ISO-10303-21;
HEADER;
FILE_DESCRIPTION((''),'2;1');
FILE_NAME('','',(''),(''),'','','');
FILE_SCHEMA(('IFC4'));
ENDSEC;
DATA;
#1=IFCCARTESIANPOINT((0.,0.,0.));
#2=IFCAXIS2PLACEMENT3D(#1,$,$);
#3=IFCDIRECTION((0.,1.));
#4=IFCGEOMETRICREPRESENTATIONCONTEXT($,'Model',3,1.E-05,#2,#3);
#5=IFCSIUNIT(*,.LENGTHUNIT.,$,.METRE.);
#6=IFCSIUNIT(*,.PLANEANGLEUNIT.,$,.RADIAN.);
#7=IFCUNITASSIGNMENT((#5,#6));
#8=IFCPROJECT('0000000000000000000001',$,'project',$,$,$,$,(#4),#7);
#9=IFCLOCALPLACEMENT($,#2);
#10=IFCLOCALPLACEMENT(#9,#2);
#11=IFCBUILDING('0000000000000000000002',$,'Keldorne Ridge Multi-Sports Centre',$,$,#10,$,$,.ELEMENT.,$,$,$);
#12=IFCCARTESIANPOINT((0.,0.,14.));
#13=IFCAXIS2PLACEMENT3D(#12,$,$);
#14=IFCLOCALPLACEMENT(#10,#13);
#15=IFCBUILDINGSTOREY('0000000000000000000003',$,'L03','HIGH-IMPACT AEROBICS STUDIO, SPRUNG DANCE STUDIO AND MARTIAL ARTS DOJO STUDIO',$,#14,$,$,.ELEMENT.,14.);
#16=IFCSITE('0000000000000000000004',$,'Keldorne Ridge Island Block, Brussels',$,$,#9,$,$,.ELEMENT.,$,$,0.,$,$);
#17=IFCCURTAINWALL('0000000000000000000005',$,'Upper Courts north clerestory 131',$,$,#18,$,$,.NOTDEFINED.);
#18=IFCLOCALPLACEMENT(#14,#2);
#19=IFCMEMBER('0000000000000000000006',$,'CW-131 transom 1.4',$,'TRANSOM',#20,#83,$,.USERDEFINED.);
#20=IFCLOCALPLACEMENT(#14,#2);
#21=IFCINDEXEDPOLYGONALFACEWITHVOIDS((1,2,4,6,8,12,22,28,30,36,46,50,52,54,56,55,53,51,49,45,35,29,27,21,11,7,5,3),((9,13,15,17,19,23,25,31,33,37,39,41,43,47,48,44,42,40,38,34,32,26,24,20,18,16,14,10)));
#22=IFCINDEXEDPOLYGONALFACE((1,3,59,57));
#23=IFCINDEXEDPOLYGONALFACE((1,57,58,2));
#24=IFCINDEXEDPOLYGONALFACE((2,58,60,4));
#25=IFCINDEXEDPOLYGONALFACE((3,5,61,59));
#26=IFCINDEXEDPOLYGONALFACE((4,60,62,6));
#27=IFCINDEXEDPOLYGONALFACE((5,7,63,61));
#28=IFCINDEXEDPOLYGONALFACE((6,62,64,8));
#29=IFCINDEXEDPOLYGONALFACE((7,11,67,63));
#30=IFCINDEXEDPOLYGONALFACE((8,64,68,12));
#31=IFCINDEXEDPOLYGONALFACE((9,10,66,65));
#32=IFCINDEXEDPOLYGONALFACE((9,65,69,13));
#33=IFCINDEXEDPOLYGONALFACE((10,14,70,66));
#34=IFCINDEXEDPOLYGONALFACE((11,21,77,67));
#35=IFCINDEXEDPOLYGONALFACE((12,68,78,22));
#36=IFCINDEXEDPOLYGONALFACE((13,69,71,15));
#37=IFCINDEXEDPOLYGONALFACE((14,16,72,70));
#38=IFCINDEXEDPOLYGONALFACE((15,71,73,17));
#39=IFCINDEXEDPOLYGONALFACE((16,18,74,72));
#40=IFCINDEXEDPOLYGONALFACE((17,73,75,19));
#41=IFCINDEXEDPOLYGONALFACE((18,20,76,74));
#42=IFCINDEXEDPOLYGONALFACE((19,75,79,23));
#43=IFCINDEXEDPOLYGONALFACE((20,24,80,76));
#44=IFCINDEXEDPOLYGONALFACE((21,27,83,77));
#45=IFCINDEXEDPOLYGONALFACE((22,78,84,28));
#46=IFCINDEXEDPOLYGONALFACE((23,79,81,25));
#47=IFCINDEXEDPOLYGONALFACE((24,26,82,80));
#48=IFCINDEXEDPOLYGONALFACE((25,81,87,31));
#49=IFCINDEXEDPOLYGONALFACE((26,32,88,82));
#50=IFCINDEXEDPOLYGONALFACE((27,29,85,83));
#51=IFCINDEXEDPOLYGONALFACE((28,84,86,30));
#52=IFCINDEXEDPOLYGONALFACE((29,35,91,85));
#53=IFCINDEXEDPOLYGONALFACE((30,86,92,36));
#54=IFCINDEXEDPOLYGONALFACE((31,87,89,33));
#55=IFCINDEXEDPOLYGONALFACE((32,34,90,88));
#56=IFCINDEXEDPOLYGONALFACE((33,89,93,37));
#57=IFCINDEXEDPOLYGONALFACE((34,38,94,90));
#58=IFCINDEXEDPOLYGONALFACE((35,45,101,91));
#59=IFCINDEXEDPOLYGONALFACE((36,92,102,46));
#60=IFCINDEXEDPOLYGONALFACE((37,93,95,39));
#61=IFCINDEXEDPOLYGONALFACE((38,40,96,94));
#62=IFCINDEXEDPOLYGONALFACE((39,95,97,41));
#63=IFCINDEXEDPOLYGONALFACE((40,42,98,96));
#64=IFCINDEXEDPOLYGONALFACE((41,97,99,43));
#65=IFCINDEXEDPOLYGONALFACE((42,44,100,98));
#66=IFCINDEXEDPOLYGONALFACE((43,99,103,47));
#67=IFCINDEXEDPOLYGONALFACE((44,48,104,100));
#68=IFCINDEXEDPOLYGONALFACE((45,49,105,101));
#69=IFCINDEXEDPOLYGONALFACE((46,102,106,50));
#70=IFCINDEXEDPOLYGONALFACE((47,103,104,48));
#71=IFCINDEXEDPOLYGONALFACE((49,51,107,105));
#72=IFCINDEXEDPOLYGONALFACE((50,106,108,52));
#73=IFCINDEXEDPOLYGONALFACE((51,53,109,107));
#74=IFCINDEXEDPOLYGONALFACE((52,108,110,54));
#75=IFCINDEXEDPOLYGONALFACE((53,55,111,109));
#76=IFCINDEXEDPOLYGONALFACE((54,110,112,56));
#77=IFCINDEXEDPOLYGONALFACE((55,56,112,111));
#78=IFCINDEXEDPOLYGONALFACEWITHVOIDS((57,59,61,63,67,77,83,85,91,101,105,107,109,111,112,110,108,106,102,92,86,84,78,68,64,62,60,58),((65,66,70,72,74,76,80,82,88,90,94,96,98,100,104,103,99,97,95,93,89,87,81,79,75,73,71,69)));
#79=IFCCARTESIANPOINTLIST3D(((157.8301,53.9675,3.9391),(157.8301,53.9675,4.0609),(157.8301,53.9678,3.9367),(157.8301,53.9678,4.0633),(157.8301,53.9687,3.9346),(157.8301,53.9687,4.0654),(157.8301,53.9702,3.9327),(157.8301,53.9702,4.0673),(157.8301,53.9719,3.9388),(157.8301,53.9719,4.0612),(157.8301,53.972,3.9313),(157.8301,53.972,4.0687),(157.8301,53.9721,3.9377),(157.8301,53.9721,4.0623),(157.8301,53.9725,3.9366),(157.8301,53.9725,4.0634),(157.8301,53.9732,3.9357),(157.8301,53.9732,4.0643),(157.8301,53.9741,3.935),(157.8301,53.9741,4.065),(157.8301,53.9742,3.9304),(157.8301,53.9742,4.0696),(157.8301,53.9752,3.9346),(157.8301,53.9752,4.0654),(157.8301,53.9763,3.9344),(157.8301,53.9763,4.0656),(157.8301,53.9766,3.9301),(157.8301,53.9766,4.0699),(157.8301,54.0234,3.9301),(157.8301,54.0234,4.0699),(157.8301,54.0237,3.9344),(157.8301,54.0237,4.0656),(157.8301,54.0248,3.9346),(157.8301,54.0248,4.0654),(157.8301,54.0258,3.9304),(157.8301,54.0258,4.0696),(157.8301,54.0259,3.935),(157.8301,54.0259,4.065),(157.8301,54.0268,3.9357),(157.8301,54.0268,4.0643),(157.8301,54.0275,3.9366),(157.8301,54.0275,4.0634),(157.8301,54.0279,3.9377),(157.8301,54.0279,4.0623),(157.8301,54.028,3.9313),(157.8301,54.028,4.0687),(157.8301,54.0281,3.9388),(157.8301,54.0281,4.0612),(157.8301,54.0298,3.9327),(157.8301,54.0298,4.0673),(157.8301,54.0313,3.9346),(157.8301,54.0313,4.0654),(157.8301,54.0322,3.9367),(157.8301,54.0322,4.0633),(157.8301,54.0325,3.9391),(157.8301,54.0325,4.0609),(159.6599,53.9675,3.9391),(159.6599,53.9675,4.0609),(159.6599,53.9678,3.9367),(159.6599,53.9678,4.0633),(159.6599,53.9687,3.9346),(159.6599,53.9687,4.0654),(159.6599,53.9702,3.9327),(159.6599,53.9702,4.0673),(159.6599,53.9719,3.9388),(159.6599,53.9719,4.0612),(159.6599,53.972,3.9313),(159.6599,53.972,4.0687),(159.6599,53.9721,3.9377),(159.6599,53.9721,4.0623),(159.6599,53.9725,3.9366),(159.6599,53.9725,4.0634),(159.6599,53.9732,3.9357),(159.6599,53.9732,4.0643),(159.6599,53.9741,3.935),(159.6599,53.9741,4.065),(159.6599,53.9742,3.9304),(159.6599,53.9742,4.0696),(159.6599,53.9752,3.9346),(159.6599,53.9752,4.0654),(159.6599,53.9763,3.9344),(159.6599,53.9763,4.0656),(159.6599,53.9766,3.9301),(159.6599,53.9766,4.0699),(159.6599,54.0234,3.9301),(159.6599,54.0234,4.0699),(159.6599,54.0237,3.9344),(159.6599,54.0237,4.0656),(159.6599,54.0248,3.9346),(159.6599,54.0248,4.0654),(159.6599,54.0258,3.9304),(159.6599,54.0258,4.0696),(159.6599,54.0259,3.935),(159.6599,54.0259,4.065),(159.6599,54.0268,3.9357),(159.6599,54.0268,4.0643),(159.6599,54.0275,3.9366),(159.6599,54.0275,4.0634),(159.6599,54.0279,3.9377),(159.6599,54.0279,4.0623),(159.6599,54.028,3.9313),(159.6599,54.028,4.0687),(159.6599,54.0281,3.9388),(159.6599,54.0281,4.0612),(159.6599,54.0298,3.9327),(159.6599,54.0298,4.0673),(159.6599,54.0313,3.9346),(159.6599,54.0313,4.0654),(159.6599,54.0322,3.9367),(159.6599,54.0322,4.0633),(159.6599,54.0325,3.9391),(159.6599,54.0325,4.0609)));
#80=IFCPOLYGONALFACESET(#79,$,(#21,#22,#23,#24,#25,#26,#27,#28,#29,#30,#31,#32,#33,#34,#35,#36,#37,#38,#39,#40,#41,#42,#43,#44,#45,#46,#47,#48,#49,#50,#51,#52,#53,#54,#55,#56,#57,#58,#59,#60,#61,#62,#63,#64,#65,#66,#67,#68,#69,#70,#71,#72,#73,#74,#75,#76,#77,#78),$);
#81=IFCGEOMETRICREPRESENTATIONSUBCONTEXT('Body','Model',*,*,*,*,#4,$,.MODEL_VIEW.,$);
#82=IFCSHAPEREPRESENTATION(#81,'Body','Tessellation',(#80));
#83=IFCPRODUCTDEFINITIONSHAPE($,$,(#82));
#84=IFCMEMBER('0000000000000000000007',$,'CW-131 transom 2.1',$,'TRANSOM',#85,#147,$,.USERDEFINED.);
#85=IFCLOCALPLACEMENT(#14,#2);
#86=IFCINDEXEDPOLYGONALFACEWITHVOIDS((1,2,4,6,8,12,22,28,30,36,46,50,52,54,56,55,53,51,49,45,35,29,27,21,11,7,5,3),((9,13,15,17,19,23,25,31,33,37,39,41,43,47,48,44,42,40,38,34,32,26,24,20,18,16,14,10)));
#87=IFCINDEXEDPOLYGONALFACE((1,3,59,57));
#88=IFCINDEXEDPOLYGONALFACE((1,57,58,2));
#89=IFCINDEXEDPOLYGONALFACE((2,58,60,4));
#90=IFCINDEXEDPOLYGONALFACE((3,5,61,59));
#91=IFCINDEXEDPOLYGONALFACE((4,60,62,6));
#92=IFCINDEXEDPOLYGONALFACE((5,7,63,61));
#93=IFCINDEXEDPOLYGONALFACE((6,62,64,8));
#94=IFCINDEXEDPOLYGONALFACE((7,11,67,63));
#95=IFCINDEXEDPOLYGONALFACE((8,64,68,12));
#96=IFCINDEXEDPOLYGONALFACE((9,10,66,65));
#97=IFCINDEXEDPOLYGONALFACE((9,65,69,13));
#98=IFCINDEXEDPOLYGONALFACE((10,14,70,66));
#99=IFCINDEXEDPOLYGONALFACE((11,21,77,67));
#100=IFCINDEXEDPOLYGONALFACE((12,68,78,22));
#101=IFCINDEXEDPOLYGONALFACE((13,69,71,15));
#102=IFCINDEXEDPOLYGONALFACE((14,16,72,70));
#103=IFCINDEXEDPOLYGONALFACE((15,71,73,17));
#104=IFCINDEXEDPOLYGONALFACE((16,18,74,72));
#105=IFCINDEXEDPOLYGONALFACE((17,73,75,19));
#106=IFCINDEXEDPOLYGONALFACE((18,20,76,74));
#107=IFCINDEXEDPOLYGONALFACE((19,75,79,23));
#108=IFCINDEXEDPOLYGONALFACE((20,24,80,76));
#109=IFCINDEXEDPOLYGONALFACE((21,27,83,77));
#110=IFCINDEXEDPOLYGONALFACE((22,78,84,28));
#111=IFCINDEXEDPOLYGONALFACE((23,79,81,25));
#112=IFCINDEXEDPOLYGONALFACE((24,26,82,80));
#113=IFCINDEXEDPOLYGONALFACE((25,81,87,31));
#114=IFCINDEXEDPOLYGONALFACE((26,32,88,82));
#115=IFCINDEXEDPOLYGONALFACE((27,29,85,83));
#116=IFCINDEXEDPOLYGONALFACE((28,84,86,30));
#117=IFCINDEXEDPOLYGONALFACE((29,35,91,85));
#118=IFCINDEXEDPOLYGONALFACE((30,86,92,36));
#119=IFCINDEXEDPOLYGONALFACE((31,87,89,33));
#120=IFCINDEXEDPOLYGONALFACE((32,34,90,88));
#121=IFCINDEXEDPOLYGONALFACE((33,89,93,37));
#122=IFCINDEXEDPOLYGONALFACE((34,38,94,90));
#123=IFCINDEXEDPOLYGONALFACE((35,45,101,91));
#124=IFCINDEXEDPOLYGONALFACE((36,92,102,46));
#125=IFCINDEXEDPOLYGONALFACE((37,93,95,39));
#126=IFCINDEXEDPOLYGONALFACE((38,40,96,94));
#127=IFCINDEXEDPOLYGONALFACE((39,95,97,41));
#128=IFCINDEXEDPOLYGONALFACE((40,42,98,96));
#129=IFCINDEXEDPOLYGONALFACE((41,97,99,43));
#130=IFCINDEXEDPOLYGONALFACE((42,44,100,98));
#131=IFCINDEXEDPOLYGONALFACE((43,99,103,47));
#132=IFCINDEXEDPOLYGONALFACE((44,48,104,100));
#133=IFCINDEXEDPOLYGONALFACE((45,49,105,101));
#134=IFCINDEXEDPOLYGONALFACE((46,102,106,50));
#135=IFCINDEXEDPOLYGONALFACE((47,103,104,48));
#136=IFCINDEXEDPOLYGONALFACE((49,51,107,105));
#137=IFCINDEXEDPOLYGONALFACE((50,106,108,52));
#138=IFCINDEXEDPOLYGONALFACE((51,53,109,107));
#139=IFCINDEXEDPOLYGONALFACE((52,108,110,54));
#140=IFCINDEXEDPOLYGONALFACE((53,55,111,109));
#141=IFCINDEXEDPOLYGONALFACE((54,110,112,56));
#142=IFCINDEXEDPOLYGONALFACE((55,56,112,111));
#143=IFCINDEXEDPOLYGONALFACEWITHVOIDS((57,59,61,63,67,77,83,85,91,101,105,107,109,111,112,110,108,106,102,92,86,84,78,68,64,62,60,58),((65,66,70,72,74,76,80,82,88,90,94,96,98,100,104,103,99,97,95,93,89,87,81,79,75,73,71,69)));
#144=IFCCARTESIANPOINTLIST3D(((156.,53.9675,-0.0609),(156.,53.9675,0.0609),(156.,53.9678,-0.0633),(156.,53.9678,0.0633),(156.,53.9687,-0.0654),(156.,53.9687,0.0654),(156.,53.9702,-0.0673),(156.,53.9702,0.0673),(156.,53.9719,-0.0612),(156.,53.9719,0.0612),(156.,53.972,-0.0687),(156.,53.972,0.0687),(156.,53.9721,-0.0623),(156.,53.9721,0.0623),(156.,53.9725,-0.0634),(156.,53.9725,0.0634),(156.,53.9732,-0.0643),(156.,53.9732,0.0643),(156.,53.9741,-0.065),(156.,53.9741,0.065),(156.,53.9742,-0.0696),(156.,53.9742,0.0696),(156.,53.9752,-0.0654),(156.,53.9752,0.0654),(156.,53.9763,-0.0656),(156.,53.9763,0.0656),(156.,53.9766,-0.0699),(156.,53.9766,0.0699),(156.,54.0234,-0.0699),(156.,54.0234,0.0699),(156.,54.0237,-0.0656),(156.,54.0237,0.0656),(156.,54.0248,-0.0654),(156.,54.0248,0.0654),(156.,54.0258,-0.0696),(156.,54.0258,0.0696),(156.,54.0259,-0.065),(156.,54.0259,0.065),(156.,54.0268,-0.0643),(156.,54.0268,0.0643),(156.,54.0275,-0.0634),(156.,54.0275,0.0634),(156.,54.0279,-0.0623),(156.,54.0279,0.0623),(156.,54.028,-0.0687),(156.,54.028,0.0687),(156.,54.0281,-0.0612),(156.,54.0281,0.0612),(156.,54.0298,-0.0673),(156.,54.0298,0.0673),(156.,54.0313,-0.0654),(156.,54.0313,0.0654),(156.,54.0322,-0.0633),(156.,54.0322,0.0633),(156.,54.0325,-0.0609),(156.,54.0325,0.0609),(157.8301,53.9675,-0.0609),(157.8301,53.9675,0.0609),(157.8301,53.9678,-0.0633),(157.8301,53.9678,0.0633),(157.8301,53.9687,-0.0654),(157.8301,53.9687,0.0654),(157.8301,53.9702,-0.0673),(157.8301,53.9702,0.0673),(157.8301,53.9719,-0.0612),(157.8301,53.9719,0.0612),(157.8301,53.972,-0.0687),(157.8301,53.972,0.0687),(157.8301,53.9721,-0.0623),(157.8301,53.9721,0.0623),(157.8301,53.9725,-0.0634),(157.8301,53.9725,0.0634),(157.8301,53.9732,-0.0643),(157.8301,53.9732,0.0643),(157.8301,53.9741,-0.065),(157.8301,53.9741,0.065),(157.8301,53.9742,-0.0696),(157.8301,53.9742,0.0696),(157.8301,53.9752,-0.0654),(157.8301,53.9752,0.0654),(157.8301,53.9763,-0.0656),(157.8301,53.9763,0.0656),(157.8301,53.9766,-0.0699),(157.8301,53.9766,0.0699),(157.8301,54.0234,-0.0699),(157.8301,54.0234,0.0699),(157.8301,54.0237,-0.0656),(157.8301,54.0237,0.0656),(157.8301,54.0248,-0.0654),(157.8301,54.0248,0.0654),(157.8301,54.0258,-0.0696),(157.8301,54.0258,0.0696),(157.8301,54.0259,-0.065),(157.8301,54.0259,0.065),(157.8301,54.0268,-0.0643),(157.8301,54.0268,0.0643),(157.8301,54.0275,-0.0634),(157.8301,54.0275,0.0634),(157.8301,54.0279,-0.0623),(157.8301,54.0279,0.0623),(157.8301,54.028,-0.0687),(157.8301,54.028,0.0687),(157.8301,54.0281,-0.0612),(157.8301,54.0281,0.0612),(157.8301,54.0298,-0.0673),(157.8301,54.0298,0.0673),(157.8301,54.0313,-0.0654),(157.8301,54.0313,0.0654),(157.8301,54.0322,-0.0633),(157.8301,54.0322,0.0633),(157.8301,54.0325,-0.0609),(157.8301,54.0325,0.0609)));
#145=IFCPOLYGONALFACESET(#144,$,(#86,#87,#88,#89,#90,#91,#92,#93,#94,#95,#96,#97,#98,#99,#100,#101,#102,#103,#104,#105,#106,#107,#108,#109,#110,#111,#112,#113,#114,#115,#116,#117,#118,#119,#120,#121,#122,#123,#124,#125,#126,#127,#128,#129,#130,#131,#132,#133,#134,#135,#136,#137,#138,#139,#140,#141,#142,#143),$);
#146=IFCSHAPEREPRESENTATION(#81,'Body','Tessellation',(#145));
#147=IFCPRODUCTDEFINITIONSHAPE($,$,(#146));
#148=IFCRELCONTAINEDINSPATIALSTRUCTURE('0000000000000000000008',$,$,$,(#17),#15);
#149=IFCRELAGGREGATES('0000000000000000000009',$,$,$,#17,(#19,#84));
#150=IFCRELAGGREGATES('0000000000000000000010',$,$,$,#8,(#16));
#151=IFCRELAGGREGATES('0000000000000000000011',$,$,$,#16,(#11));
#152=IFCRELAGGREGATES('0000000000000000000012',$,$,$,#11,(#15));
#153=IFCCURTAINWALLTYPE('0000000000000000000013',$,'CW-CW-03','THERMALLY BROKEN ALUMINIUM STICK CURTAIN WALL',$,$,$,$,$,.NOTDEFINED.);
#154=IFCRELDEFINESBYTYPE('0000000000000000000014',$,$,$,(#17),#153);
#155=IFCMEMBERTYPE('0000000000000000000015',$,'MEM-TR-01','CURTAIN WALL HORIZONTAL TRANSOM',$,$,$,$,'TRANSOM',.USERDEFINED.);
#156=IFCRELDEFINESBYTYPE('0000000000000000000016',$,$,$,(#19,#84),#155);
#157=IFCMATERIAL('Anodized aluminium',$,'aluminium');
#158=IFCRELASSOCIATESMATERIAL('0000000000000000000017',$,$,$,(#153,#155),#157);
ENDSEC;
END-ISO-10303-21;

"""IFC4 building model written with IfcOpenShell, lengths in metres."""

from ifc_helpers import new_model, si_unit, direction, frame, origin, origin_2d, place, context, subcontext, project, spatial, hollow_rectangle, extrude, material, material_profile, profile_set, type_object, element, aggregate, save


model = new_model("IFC4")

# Units and contexts
model_context = context("Model", 3, precision=1e-05, world=origin(), true_north=direction((0.0, 1.0)))
body_context = subcontext(model_context, "Body", "Model", "MODEL_VIEW")
ifc_project = project(units=[si_unit("LENGTHUNIT", "METRE"), si_unit("PLANEANGLEUNIT", "RADIAN")], contexts=[model_context])

# Site, building, storey
site_placement = place(None, origin())
site = spatial("IfcSite", under=ifc_project, at=site_placement, Name="Keldorne Ridge Island Block, Brussels", CompositionType="ELEMENT", RefElevation=0.0)
building_placement = place(site_placement, origin())
building = spatial("IfcBuilding", under=site, at=building_placement, Name="Keldorne Ridge Multi-Sports Centre", CompositionType="ELEMENT")
storey_placement = place(building_placement, frame((0.0, 0.0, 14.0)))
storey = spatial("IfcBuildingStorey", under=building, at=storey_placement, Name="L03", Description="HIGH-IMPACT AEROBICS STUDIO, SPRUNG DANCE STUDIO AND MARTIAL ARTS DOJO STUDIO", CompositionType="ELEMENT", Elevation=14.0)

# Curtain wall
ifc_material_1 = material(Name="Anodized aluminium", Category="aluminium")
curtain_wall_type_1 = type_object("IfcCurtainWallType", Name="CW-CW-03", Description="THERMALLY BROKEN ALUMINIUM STICK CURTAIN WALL", PredefinedType="NOTDEFINED", material=ifc_material_1)
curtain_wall_1_placement = place(storey_placement, origin())
curtain_wall_1 = element("IfcCurtainWall", 1, at=curtain_wall_1_placement, inside=storey, type_object=curtain_wall_type_1, Name="Upper Courts north clerestory 131", PredefinedType="NOTDEFINED")

# Members
ifc_material_profile_1 = material_profile(ifc_material_1, hollow_rectangle(XDim=0.0649, YDim=0.1399, WallThickness=0.0044, InnerFilletRadius=0.0044, OuterFilletRadius=0.009, at=origin_2d()), Name="ALU TRANSOM 140x65x4.5")
ifc_profile_set_1 = profile_set([ifc_material_profile_1], Name="Anodized aluminium")
member_type_1 = type_object("IfcMemberType", Name="MEM-TR-01", Description="CURTAIN WALL HORIZONTAL TRANSOM", ElementType="TRANSOM", PredefinedType="USERDEFINED", material=ifc_profile_set_1)
member_1_placement = place(storey_placement, frame((159.6599, 54.0, 4.0), z_axis=(-1.0, 0.0, 0.0), x_axis=(0.0, -1.0, 0.0)))
member_1 = element("IfcMember", 2, at=member_1_placement, type_object=member_type_1, Name="CW-131 transom 1.4", ObjectType="TRANSOM", PredefinedType="USERDEFINED", context=body_context, shape_type="SweptSolid", body=[
    extrude(hollow_rectangle(XDim=0.0649, YDim=0.1399, WallThickness=0.0044, InnerFilletRadius=0.0044, OuterFilletRadius=0.009, at=origin_2d()), origin(), (0.0, 0.0, 1.0), 1.8298),
])
member_2_placement = place(storey_placement, frame((157.8301, 54.0, 0.0), z_axis=(-1.0, 0.0, 0.0), x_axis=(0.0, -1.0, 0.0)))
member_2 = element("IfcMember", 3, at=member_2_placement, type_object=member_type_1, Name="CW-131 transom 2.1", ObjectType="TRANSOM", PredefinedType="USERDEFINED", context=body_context, shape_type="SweptSolid", body=[
    extrude(hollow_rectangle(XDim=0.0649, YDim=0.1399, WallThickness=0.0044, InnerFilletRadius=0.0044, OuterFilletRadius=0.009, at=origin_2d()), origin(), (0.0, 0.0, 1.0), 1.8301),
])

aggregate(curtain_wall_1, [member_1, member_2])

save(model, "model.ifc")
